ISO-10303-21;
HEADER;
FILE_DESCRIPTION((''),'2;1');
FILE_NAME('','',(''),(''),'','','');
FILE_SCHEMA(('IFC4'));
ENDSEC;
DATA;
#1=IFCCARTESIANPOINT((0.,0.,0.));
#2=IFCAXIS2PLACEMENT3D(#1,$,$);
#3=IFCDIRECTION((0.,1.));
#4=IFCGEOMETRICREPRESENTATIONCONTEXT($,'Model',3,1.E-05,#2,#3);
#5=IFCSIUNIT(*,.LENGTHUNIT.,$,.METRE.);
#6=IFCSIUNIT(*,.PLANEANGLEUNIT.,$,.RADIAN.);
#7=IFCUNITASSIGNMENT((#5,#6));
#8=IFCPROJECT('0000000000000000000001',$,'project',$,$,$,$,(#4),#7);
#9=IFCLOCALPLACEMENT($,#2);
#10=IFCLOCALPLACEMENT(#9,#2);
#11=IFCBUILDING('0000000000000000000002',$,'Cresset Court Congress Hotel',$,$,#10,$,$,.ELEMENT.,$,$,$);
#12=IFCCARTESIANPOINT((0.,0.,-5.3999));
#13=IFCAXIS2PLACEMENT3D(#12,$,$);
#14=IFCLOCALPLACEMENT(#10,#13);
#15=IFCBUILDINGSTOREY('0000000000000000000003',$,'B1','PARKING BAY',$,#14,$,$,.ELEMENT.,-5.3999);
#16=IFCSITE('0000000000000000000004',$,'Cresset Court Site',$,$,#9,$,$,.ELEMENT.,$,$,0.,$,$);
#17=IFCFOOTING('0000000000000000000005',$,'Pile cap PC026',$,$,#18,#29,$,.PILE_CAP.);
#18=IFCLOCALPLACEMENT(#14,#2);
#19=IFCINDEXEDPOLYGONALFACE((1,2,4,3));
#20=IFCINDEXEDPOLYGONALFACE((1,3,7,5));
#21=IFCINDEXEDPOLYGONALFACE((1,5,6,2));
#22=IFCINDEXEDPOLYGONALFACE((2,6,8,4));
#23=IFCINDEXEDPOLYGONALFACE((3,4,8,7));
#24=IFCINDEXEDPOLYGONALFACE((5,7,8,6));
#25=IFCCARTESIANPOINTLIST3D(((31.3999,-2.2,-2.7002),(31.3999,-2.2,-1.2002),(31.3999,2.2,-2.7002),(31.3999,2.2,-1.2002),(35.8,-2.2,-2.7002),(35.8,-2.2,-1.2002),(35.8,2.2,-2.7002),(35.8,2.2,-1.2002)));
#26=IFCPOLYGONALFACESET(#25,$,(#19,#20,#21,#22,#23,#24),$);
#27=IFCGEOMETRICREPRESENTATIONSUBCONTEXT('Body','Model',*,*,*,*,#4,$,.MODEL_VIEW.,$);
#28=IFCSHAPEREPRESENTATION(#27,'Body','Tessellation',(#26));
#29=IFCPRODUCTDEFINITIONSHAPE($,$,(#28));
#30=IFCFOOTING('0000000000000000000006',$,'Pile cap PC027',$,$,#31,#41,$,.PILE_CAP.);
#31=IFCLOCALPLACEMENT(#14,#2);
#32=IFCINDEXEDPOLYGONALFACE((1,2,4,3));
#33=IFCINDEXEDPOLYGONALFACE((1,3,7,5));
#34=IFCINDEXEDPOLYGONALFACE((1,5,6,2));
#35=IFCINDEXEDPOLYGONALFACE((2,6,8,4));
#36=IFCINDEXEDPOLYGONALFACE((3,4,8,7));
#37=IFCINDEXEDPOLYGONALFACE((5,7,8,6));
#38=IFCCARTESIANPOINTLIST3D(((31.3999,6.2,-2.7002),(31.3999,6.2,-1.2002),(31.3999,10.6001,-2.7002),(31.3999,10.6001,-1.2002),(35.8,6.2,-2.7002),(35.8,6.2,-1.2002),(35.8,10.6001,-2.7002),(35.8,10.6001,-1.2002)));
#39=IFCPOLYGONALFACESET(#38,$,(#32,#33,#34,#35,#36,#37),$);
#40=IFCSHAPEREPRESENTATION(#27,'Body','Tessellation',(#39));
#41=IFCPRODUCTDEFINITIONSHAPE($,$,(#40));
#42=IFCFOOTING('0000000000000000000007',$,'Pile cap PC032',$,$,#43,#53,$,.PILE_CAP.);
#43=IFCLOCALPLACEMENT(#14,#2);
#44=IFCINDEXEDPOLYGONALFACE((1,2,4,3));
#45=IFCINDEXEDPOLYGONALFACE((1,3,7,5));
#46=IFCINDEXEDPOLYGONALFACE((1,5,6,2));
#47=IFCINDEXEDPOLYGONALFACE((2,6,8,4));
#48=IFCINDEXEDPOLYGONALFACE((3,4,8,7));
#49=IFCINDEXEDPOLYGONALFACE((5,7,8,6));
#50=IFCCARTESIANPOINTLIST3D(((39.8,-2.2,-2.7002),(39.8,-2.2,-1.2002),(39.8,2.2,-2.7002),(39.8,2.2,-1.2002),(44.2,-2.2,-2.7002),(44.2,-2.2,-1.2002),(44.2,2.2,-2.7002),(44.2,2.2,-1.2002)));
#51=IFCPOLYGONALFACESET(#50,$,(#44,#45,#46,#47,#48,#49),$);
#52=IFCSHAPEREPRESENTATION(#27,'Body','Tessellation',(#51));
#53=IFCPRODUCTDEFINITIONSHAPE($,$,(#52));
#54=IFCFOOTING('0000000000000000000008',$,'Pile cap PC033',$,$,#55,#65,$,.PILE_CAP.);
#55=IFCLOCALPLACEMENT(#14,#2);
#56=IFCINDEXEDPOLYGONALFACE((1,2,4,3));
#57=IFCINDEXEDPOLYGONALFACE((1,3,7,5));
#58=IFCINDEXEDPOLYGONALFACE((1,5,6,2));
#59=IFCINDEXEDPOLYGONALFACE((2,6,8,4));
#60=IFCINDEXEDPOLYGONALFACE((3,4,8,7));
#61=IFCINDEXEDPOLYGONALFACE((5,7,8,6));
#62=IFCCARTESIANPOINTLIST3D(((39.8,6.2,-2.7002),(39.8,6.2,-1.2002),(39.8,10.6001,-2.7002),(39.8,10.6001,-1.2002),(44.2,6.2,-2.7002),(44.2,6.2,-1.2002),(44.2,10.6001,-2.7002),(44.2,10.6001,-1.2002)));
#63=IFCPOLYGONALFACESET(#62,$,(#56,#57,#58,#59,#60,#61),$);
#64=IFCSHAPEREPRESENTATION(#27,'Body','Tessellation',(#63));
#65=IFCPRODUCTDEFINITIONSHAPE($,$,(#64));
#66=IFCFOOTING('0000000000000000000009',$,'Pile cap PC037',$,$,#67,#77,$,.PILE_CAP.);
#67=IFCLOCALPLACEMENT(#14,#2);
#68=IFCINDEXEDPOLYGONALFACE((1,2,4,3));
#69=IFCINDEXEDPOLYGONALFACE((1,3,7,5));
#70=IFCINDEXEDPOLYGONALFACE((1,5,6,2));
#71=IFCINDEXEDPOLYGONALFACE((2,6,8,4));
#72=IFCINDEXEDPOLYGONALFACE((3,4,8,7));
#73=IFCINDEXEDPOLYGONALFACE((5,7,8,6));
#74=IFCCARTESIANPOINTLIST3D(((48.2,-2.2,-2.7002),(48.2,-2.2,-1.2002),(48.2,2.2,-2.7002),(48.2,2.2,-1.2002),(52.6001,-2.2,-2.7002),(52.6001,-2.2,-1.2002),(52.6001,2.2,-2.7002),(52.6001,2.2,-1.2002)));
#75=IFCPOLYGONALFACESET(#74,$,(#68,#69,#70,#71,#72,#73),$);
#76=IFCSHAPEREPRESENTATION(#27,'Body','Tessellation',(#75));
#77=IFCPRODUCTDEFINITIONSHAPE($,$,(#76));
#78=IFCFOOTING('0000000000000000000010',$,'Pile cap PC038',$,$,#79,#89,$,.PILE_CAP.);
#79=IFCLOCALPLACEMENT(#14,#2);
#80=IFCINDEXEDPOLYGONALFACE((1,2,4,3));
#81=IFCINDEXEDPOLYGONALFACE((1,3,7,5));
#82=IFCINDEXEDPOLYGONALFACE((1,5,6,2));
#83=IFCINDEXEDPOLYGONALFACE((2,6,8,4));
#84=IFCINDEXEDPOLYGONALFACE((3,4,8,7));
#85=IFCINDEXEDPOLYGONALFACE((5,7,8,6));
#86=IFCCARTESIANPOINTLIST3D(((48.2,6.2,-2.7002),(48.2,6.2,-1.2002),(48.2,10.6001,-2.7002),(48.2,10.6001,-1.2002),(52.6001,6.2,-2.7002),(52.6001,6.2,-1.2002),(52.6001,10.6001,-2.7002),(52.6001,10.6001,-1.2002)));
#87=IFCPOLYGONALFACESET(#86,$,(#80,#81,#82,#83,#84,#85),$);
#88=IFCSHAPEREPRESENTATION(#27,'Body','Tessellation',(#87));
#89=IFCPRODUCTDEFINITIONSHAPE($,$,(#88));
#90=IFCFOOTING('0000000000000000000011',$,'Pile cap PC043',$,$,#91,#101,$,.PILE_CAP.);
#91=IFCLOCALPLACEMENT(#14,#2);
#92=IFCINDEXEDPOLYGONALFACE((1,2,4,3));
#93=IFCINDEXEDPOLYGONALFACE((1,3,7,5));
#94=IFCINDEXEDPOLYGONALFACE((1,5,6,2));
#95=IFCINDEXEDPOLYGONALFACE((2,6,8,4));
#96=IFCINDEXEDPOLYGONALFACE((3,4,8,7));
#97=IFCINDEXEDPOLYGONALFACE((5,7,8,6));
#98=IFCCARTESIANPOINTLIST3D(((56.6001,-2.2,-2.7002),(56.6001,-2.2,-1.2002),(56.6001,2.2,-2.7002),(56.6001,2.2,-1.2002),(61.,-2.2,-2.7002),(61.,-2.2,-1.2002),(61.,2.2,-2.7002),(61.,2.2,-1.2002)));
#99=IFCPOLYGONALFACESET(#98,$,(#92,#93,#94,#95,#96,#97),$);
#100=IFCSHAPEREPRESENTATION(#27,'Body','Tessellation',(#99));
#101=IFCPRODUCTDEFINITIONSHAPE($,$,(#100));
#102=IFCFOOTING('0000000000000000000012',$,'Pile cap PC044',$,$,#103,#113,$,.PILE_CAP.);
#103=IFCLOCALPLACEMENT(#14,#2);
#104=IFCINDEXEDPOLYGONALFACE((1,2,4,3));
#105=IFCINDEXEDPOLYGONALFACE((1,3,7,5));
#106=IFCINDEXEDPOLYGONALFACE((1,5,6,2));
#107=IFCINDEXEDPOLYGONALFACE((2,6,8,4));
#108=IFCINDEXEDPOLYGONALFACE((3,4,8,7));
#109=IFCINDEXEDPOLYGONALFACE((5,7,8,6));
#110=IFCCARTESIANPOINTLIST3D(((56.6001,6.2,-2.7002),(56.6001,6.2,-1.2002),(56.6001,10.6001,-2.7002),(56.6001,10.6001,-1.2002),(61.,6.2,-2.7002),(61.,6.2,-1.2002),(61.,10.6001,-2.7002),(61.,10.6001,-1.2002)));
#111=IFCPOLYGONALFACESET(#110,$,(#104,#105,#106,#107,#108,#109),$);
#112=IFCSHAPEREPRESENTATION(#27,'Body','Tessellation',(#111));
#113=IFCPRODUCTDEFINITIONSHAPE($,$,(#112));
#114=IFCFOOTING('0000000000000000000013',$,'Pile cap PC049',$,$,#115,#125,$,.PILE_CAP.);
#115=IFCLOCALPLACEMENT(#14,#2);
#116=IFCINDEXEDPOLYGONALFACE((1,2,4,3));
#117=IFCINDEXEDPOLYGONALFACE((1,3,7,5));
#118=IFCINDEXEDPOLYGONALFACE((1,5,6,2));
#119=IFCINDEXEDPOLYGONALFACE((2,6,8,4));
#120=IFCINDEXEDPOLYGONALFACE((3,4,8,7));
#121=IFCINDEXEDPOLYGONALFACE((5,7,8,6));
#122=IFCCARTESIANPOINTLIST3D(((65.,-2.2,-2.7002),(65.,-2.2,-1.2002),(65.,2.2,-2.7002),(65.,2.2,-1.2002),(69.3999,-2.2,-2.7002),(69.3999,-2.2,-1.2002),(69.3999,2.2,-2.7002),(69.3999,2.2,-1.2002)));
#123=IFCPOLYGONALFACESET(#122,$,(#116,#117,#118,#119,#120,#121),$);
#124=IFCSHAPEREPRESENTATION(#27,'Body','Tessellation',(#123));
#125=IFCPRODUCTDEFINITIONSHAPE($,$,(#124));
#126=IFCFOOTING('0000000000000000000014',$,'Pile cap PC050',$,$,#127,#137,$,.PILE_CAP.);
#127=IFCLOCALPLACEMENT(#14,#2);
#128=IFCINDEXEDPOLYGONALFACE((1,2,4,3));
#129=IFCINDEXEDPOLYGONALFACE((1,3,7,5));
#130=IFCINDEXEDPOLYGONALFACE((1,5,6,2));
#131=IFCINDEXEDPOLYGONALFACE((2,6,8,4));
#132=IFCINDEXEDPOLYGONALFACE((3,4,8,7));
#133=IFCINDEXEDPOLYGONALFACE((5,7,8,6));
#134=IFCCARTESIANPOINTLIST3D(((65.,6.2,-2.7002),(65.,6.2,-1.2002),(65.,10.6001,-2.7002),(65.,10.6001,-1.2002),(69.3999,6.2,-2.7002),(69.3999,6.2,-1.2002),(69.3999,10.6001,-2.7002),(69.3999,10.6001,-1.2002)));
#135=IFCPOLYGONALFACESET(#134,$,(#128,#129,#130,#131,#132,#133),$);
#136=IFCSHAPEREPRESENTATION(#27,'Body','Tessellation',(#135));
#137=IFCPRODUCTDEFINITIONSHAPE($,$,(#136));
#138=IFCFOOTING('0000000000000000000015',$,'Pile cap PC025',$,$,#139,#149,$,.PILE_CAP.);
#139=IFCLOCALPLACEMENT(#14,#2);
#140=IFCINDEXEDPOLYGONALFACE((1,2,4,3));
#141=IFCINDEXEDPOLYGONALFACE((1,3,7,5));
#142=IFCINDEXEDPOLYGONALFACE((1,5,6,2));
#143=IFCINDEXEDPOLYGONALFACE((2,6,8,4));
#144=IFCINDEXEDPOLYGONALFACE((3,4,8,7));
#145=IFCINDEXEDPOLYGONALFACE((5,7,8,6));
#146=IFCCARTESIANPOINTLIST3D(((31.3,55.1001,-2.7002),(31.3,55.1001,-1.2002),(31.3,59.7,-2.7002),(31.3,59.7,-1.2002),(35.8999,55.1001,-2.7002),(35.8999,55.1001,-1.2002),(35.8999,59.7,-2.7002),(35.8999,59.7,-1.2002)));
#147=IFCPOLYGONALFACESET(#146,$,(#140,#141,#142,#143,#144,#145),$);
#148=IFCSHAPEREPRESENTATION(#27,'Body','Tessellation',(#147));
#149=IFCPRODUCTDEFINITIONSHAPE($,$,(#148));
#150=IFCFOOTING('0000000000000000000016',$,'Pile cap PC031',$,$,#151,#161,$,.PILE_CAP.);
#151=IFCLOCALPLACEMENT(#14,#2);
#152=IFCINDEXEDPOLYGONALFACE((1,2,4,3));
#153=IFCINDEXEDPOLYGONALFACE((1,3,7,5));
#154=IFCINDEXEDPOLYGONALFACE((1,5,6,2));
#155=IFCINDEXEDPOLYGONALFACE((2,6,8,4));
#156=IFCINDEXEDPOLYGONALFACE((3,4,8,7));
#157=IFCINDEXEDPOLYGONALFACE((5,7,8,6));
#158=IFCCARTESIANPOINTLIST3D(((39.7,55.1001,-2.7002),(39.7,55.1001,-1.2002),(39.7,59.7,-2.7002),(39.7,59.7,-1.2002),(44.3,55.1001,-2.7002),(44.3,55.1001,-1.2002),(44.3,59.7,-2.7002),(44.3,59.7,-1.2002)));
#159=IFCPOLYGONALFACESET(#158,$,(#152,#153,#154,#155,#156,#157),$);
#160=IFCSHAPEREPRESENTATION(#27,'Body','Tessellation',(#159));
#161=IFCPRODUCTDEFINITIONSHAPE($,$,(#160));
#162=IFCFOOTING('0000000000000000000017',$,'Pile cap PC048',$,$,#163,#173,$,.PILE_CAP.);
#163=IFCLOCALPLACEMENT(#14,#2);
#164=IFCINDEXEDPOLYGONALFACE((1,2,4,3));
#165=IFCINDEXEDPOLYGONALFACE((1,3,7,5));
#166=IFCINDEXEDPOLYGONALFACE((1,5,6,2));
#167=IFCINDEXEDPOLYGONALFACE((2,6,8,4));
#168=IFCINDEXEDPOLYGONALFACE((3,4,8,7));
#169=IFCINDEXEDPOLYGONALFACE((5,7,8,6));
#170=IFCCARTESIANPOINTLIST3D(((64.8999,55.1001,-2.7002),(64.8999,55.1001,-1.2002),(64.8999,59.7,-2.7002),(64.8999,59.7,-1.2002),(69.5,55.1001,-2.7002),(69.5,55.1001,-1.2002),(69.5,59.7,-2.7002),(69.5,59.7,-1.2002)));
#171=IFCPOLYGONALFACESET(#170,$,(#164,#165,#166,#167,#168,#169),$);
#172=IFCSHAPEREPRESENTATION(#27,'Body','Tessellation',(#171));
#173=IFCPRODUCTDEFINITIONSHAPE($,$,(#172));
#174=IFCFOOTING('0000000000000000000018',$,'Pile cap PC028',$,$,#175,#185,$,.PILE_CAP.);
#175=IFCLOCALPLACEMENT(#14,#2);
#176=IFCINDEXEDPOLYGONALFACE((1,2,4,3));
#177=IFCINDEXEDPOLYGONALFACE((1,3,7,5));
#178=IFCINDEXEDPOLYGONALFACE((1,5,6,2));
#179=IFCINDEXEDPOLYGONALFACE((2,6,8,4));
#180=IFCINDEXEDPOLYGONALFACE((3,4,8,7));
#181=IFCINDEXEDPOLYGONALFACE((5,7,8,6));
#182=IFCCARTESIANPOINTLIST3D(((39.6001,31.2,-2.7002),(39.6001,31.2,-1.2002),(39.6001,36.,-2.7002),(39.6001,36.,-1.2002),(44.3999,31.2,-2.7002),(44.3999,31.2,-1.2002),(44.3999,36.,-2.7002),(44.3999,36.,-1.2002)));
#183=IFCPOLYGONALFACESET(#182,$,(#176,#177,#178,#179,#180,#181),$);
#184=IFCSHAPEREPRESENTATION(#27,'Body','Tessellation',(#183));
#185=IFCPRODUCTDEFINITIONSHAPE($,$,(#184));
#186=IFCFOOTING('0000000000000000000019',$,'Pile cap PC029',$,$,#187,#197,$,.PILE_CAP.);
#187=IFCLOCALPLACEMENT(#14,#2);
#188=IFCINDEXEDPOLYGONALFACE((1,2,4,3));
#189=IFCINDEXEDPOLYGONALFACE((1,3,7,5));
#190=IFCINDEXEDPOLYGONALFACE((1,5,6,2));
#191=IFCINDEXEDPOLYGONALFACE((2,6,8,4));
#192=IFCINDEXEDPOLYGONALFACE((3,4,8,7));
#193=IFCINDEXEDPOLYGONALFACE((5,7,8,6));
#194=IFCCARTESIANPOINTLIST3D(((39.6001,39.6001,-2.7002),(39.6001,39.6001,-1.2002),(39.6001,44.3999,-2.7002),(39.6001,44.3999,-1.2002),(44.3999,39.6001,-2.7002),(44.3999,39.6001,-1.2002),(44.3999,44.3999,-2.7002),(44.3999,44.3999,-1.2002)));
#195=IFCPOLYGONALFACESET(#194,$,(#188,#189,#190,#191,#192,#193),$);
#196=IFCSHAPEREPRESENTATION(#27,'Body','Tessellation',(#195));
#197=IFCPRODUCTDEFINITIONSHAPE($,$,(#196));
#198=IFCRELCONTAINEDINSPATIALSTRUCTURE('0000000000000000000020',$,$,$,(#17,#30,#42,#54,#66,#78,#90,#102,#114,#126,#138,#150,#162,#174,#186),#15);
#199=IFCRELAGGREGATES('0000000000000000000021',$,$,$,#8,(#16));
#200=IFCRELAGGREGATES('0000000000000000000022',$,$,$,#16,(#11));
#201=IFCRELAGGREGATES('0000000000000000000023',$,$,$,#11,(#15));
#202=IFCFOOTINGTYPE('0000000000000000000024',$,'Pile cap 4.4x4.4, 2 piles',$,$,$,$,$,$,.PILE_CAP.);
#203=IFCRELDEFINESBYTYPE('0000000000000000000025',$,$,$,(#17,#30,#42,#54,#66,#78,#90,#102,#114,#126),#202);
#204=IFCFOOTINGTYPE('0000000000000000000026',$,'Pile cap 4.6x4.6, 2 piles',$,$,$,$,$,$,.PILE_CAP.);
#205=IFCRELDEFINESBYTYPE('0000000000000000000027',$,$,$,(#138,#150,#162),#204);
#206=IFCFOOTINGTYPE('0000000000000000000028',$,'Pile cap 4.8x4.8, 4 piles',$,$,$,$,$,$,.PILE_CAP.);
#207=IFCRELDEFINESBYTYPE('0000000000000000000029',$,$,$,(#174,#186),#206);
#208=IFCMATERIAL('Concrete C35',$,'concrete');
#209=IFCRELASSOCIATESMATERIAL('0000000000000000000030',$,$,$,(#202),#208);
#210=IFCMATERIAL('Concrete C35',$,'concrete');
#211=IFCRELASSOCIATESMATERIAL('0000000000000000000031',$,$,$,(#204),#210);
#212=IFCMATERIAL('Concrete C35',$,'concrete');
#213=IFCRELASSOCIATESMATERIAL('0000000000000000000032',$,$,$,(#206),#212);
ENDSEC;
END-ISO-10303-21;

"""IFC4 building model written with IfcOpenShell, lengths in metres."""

from ifc_helpers import new_model, si_unit, direction, frame, origin, place, context, subcontext, project, spatial, polyline, outline, extrude, material, type_object, element, save


model = new_model("IFC4")

# Units and contexts
model_context = context("Model", 3, precision=1e-05, world=origin(), true_north=direction((0.0, 1.0)))
body_context = subcontext(model_context, "Body", "Model", "MODEL_VIEW")
ifc_project = project(units=[si_unit("LENGTHUNIT", "METRE"), si_unit("PLANEANGLEUNIT", "RADIAN")], contexts=[model_context])

# Site, building, storey
site_placement = place(None, origin())
site = spatial("IfcSite", under=ifc_project, at=site_placement, Name="Cresset Court Site", CompositionType="ELEMENT", RefElevation=0.0)
building_placement = place(site_placement, origin())
building = spatial("IfcBuilding", under=site, at=building_placement, Name="Cresset Court Congress Hotel", CompositionType="ELEMENT")
storey_placement = place(building_placement, frame((0.0, 0.0, -5.3999)))
storey = spatial("IfcBuildingStorey", under=building, at=storey_placement, Name="B1", Description="PARKING BAY", CompositionType="ELEMENT", Elevation=-5.3999)

# Footings
ifc_material_1 = material(Name="Concrete C35", Category="concrete")
footing_type_1 = type_object("IfcFootingType", Name="Pile cap 4.4x4.4, 2 piles", PredefinedType="PILE_CAP", material=ifc_material_1)
footing_1_placement = place(storey_placement, frame((0.0, 0.0, -2.7002)))
element("IfcFooting", 1, at=footing_1_placement, inside=storey, type_object=footing_type_1, Name="Pile cap PC026", PredefinedType="PILE_CAP", context=body_context, shape_type="SweptSolid", body=[
    extrude(outline(polyline([(35.8, -2.2), (31.3999, -2.2), (31.3999, 2.2), (35.8, 2.2), (35.8, -2.2)])), origin(), (0.0, 0.0, 1.0), 1.5),
])
footing_2_placement = place(storey_placement, frame((0.0, 0.0, -2.7002)))
element("IfcFooting", 2, at=footing_2_placement, inside=storey, type_object=footing_type_1, Name="Pile cap PC027", PredefinedType="PILE_CAP", context=body_context, shape_type="SweptSolid", body=[
    extrude(outline(polyline([(35.8, 6.2), (31.3999, 6.2), (31.3999, 10.6001), (35.8, 10.6001), (35.8, 6.2)])), origin(), (0.0, 0.0, 1.0), 1.5),
])
footing_3_placement = place(storey_placement, frame((0.0, 0.0, -2.7002)))
element("IfcFooting", 3, at=footing_3_placement, inside=storey, type_object=footing_type_1, Name="Pile cap PC032", PredefinedType="PILE_CAP", context=body_context, shape_type="SweptSolid", body=[
    extrude(outline(polyline([(44.2, -2.2), (39.8, -2.2), (39.8, 2.2), (44.2, 2.2), (44.2, -2.2)])), origin(), (0.0, 0.0, 1.0), 1.5),
])
footing_4_placement = place(storey_placement, frame((0.0, 0.0, -2.7002)))
element("IfcFooting", 4, at=footing_4_placement, inside=storey, type_object=footing_type_1, Name="Pile cap PC033", PredefinedType="PILE_CAP", context=body_context, shape_type="SweptSolid", body=[
    extrude(outline(polyline([(44.2, 6.2), (39.8, 6.2), (39.8, 10.6001), (44.2, 10.6001), (44.2, 6.2)])), origin(), (0.0, 0.0, 1.0), 1.5),
])
footing_5_placement = place(storey_placement, frame((0.0, 0.0, -2.7002)))
element("IfcFooting", 5, at=footing_5_placement, inside=storey, type_object=footing_type_1, Name="Pile cap PC037", PredefinedType="PILE_CAP", context=body_context, shape_type="SweptSolid", body=[
    extrude(outline(polyline([(52.6001, -2.2), (48.2, -2.2), (48.2, 2.2), (52.6001, 2.2), (52.6001, -2.2)])), origin(), (0.0, 0.0, 1.0), 1.5),
])
footing_6_placement = place(storey_placement, frame((0.0, 0.0, -2.7002)))
element("IfcFooting", 6, at=footing_6_placement, inside=storey, type_object=footing_type_1, Name="Pile cap PC038", PredefinedType="PILE_CAP", context=body_context, shape_type="SweptSolid", body=[
    extrude(outline(polyline([(52.6001, 10.6001), (52.6001, 6.2), (48.2, 6.2), (48.2, 10.6001), (52.6001, 10.6001)])), origin(), (0.0, 0.0, 1.0), 1.5),
])
footing_7_placement = place(storey_placement, frame((0.0, 0.0, -2.7002)))
element("IfcFooting", 7, at=footing_7_placement, inside=storey, type_object=footing_type_1, Name="Pile cap PC043", PredefinedType="PILE_CAP", context=body_context, shape_type="SweptSolid", body=[
    extrude(outline(polyline([(61.0, 2.2), (61.0, -2.2), (56.6001, -2.2), (56.6001, 2.2), (61.0, 2.2)])), origin(), (0.0, 0.0, 1.0), 1.5),
])
footing_8_placement = place(storey_placement, frame((0.0, 0.0, -2.7002)))
element("IfcFooting", 8, at=footing_8_placement, inside=storey, type_object=footing_type_1, Name="Pile cap PC044", PredefinedType="PILE_CAP", context=body_context, shape_type="SweptSolid", body=[
    extrude(outline(polyline([(61.0, 6.2), (56.6001, 6.2), (56.6001, 10.6001), (61.0, 10.6001), (61.0, 6.2)])), origin(), (0.0, 0.0, 1.0), 1.5),
])
footing_9_placement = place(storey_placement, frame((0.0, 0.0, -2.7002)))
element("IfcFooting", 9, at=footing_9_placement, inside=storey, type_object=footing_type_1, Name="Pile cap PC049", PredefinedType="PILE_CAP", context=body_context, shape_type="SweptSolid", body=[
    extrude(outline(polyline([(69.3999, 2.2), (69.3999, -2.2), (65.0, -2.2), (65.0, 2.2), (69.3999, 2.2)])), origin(), (0.0, 0.0, 1.0), 1.5),
])
footing_10_placement = place(storey_placement, frame((0.0, 0.0, -2.7002)))
element("IfcFooting", 10, at=footing_10_placement, inside=storey, type_object=footing_type_1, Name="Pile cap PC050", PredefinedType="PILE_CAP", context=body_context, shape_type="SweptSolid", body=[
    extrude(outline(polyline([(69.3999, 6.2), (65.0, 6.2), (65.0, 10.6001), (69.3999, 10.6001), (69.3999, 6.2)])), origin(), (0.0, 0.0, 1.0), 1.5),
])
ifc_material_2 = material(Name="Concrete C35", Category="concrete")
footing_type_2 = type_object("IfcFootingType", Name="Pile cap 4.6x4.6, 2 piles", PredefinedType="PILE_CAP", material=ifc_material_2)
footing_11_placement = place(storey_placement, frame((0.0, 0.0, -2.7002)))
element("IfcFooting", 11, at=footing_11_placement, inside=storey, type_object=footing_type_2, Name="Pile cap PC025", PredefinedType="PILE_CAP", context=body_context, shape_type="SweptSolid", body=[
    extrude(outline(polyline([(35.8999, 59.7), (35.8999, 55.1001), (31.3, 55.1001), (31.3, 59.7), (35.8999, 59.7)])), origin(), (0.0, 0.0, 1.0), 1.5),
])
footing_12_placement = place(storey_placement, frame((0.0, 0.0, -2.7002)))
element("IfcFooting", 12, at=footing_12_placement, inside=storey, type_object=footing_type_2, Name="Pile cap PC031", PredefinedType="PILE_CAP", context=body_context, shape_type="SweptSolid", body=[
    extrude(outline(polyline([(44.3, 55.1001), (39.7, 55.1001), (39.7, 59.7), (44.3, 59.7), (44.3, 55.1001)])), origin(), (0.0, 0.0, 1.0), 1.5),
])
footing_13_placement = place(storey_placement, frame((0.0, 0.0, -2.7002)))
element("IfcFooting", 13, at=footing_13_placement, inside=storey, type_object=footing_type_2, Name="Pile cap PC048", PredefinedType="PILE_CAP", context=body_context, shape_type="SweptSolid", body=[
    extrude(outline(polyline([(69.5, 55.1001), (64.8999, 55.1001), (64.8999, 59.7), (69.5, 59.7), (69.5, 55.1001)])), origin(), (0.0, 0.0, 1.0), 1.5),
])
ifc_material_3 = material(Name="Concrete C35", Category="concrete")
footing_type_3 = type_object("IfcFootingType", Name="Pile cap 4.8x4.8, 4 piles", PredefinedType="PILE_CAP", material=ifc_material_3)
footing_14_placement = place(storey_placement, frame((0.0, 0.0, -2.7002)))
element("IfcFooting", 14, at=footing_14_placement, inside=storey, type_object=footing_type_3, Name="Pile cap PC028", PredefinedType="PILE_CAP", context=body_context, shape_type="SweptSolid", body=[
    extrude(outline(polyline([(44.3999, 31.2), (39.6001, 31.2), (39.6001, 36.0), (44.3999, 36.0), (44.3999, 31.2)])), origin(), (0.0, 0.0, 1.0), 1.5),
])
footing_15_placement = place(storey_placement, frame((0.0, 0.0, -2.7002)))
element("IfcFooting", 15, at=footing_15_placement, inside=storey, type_object=footing_type_3, Name="Pile cap PC029", PredefinedType="PILE_CAP", context=body_context, shape_type="SweptSolid", body=[
    extrude(outline(polyline([(44.3999, 39.6001), (39.6001, 39.6001), (39.6001, 44.3999), (44.3999, 44.3999), (44.3999, 39.6001)])), origin(), (0.0, 0.0, 1.0), 1.5),
])

save(model, "model.ifc")
